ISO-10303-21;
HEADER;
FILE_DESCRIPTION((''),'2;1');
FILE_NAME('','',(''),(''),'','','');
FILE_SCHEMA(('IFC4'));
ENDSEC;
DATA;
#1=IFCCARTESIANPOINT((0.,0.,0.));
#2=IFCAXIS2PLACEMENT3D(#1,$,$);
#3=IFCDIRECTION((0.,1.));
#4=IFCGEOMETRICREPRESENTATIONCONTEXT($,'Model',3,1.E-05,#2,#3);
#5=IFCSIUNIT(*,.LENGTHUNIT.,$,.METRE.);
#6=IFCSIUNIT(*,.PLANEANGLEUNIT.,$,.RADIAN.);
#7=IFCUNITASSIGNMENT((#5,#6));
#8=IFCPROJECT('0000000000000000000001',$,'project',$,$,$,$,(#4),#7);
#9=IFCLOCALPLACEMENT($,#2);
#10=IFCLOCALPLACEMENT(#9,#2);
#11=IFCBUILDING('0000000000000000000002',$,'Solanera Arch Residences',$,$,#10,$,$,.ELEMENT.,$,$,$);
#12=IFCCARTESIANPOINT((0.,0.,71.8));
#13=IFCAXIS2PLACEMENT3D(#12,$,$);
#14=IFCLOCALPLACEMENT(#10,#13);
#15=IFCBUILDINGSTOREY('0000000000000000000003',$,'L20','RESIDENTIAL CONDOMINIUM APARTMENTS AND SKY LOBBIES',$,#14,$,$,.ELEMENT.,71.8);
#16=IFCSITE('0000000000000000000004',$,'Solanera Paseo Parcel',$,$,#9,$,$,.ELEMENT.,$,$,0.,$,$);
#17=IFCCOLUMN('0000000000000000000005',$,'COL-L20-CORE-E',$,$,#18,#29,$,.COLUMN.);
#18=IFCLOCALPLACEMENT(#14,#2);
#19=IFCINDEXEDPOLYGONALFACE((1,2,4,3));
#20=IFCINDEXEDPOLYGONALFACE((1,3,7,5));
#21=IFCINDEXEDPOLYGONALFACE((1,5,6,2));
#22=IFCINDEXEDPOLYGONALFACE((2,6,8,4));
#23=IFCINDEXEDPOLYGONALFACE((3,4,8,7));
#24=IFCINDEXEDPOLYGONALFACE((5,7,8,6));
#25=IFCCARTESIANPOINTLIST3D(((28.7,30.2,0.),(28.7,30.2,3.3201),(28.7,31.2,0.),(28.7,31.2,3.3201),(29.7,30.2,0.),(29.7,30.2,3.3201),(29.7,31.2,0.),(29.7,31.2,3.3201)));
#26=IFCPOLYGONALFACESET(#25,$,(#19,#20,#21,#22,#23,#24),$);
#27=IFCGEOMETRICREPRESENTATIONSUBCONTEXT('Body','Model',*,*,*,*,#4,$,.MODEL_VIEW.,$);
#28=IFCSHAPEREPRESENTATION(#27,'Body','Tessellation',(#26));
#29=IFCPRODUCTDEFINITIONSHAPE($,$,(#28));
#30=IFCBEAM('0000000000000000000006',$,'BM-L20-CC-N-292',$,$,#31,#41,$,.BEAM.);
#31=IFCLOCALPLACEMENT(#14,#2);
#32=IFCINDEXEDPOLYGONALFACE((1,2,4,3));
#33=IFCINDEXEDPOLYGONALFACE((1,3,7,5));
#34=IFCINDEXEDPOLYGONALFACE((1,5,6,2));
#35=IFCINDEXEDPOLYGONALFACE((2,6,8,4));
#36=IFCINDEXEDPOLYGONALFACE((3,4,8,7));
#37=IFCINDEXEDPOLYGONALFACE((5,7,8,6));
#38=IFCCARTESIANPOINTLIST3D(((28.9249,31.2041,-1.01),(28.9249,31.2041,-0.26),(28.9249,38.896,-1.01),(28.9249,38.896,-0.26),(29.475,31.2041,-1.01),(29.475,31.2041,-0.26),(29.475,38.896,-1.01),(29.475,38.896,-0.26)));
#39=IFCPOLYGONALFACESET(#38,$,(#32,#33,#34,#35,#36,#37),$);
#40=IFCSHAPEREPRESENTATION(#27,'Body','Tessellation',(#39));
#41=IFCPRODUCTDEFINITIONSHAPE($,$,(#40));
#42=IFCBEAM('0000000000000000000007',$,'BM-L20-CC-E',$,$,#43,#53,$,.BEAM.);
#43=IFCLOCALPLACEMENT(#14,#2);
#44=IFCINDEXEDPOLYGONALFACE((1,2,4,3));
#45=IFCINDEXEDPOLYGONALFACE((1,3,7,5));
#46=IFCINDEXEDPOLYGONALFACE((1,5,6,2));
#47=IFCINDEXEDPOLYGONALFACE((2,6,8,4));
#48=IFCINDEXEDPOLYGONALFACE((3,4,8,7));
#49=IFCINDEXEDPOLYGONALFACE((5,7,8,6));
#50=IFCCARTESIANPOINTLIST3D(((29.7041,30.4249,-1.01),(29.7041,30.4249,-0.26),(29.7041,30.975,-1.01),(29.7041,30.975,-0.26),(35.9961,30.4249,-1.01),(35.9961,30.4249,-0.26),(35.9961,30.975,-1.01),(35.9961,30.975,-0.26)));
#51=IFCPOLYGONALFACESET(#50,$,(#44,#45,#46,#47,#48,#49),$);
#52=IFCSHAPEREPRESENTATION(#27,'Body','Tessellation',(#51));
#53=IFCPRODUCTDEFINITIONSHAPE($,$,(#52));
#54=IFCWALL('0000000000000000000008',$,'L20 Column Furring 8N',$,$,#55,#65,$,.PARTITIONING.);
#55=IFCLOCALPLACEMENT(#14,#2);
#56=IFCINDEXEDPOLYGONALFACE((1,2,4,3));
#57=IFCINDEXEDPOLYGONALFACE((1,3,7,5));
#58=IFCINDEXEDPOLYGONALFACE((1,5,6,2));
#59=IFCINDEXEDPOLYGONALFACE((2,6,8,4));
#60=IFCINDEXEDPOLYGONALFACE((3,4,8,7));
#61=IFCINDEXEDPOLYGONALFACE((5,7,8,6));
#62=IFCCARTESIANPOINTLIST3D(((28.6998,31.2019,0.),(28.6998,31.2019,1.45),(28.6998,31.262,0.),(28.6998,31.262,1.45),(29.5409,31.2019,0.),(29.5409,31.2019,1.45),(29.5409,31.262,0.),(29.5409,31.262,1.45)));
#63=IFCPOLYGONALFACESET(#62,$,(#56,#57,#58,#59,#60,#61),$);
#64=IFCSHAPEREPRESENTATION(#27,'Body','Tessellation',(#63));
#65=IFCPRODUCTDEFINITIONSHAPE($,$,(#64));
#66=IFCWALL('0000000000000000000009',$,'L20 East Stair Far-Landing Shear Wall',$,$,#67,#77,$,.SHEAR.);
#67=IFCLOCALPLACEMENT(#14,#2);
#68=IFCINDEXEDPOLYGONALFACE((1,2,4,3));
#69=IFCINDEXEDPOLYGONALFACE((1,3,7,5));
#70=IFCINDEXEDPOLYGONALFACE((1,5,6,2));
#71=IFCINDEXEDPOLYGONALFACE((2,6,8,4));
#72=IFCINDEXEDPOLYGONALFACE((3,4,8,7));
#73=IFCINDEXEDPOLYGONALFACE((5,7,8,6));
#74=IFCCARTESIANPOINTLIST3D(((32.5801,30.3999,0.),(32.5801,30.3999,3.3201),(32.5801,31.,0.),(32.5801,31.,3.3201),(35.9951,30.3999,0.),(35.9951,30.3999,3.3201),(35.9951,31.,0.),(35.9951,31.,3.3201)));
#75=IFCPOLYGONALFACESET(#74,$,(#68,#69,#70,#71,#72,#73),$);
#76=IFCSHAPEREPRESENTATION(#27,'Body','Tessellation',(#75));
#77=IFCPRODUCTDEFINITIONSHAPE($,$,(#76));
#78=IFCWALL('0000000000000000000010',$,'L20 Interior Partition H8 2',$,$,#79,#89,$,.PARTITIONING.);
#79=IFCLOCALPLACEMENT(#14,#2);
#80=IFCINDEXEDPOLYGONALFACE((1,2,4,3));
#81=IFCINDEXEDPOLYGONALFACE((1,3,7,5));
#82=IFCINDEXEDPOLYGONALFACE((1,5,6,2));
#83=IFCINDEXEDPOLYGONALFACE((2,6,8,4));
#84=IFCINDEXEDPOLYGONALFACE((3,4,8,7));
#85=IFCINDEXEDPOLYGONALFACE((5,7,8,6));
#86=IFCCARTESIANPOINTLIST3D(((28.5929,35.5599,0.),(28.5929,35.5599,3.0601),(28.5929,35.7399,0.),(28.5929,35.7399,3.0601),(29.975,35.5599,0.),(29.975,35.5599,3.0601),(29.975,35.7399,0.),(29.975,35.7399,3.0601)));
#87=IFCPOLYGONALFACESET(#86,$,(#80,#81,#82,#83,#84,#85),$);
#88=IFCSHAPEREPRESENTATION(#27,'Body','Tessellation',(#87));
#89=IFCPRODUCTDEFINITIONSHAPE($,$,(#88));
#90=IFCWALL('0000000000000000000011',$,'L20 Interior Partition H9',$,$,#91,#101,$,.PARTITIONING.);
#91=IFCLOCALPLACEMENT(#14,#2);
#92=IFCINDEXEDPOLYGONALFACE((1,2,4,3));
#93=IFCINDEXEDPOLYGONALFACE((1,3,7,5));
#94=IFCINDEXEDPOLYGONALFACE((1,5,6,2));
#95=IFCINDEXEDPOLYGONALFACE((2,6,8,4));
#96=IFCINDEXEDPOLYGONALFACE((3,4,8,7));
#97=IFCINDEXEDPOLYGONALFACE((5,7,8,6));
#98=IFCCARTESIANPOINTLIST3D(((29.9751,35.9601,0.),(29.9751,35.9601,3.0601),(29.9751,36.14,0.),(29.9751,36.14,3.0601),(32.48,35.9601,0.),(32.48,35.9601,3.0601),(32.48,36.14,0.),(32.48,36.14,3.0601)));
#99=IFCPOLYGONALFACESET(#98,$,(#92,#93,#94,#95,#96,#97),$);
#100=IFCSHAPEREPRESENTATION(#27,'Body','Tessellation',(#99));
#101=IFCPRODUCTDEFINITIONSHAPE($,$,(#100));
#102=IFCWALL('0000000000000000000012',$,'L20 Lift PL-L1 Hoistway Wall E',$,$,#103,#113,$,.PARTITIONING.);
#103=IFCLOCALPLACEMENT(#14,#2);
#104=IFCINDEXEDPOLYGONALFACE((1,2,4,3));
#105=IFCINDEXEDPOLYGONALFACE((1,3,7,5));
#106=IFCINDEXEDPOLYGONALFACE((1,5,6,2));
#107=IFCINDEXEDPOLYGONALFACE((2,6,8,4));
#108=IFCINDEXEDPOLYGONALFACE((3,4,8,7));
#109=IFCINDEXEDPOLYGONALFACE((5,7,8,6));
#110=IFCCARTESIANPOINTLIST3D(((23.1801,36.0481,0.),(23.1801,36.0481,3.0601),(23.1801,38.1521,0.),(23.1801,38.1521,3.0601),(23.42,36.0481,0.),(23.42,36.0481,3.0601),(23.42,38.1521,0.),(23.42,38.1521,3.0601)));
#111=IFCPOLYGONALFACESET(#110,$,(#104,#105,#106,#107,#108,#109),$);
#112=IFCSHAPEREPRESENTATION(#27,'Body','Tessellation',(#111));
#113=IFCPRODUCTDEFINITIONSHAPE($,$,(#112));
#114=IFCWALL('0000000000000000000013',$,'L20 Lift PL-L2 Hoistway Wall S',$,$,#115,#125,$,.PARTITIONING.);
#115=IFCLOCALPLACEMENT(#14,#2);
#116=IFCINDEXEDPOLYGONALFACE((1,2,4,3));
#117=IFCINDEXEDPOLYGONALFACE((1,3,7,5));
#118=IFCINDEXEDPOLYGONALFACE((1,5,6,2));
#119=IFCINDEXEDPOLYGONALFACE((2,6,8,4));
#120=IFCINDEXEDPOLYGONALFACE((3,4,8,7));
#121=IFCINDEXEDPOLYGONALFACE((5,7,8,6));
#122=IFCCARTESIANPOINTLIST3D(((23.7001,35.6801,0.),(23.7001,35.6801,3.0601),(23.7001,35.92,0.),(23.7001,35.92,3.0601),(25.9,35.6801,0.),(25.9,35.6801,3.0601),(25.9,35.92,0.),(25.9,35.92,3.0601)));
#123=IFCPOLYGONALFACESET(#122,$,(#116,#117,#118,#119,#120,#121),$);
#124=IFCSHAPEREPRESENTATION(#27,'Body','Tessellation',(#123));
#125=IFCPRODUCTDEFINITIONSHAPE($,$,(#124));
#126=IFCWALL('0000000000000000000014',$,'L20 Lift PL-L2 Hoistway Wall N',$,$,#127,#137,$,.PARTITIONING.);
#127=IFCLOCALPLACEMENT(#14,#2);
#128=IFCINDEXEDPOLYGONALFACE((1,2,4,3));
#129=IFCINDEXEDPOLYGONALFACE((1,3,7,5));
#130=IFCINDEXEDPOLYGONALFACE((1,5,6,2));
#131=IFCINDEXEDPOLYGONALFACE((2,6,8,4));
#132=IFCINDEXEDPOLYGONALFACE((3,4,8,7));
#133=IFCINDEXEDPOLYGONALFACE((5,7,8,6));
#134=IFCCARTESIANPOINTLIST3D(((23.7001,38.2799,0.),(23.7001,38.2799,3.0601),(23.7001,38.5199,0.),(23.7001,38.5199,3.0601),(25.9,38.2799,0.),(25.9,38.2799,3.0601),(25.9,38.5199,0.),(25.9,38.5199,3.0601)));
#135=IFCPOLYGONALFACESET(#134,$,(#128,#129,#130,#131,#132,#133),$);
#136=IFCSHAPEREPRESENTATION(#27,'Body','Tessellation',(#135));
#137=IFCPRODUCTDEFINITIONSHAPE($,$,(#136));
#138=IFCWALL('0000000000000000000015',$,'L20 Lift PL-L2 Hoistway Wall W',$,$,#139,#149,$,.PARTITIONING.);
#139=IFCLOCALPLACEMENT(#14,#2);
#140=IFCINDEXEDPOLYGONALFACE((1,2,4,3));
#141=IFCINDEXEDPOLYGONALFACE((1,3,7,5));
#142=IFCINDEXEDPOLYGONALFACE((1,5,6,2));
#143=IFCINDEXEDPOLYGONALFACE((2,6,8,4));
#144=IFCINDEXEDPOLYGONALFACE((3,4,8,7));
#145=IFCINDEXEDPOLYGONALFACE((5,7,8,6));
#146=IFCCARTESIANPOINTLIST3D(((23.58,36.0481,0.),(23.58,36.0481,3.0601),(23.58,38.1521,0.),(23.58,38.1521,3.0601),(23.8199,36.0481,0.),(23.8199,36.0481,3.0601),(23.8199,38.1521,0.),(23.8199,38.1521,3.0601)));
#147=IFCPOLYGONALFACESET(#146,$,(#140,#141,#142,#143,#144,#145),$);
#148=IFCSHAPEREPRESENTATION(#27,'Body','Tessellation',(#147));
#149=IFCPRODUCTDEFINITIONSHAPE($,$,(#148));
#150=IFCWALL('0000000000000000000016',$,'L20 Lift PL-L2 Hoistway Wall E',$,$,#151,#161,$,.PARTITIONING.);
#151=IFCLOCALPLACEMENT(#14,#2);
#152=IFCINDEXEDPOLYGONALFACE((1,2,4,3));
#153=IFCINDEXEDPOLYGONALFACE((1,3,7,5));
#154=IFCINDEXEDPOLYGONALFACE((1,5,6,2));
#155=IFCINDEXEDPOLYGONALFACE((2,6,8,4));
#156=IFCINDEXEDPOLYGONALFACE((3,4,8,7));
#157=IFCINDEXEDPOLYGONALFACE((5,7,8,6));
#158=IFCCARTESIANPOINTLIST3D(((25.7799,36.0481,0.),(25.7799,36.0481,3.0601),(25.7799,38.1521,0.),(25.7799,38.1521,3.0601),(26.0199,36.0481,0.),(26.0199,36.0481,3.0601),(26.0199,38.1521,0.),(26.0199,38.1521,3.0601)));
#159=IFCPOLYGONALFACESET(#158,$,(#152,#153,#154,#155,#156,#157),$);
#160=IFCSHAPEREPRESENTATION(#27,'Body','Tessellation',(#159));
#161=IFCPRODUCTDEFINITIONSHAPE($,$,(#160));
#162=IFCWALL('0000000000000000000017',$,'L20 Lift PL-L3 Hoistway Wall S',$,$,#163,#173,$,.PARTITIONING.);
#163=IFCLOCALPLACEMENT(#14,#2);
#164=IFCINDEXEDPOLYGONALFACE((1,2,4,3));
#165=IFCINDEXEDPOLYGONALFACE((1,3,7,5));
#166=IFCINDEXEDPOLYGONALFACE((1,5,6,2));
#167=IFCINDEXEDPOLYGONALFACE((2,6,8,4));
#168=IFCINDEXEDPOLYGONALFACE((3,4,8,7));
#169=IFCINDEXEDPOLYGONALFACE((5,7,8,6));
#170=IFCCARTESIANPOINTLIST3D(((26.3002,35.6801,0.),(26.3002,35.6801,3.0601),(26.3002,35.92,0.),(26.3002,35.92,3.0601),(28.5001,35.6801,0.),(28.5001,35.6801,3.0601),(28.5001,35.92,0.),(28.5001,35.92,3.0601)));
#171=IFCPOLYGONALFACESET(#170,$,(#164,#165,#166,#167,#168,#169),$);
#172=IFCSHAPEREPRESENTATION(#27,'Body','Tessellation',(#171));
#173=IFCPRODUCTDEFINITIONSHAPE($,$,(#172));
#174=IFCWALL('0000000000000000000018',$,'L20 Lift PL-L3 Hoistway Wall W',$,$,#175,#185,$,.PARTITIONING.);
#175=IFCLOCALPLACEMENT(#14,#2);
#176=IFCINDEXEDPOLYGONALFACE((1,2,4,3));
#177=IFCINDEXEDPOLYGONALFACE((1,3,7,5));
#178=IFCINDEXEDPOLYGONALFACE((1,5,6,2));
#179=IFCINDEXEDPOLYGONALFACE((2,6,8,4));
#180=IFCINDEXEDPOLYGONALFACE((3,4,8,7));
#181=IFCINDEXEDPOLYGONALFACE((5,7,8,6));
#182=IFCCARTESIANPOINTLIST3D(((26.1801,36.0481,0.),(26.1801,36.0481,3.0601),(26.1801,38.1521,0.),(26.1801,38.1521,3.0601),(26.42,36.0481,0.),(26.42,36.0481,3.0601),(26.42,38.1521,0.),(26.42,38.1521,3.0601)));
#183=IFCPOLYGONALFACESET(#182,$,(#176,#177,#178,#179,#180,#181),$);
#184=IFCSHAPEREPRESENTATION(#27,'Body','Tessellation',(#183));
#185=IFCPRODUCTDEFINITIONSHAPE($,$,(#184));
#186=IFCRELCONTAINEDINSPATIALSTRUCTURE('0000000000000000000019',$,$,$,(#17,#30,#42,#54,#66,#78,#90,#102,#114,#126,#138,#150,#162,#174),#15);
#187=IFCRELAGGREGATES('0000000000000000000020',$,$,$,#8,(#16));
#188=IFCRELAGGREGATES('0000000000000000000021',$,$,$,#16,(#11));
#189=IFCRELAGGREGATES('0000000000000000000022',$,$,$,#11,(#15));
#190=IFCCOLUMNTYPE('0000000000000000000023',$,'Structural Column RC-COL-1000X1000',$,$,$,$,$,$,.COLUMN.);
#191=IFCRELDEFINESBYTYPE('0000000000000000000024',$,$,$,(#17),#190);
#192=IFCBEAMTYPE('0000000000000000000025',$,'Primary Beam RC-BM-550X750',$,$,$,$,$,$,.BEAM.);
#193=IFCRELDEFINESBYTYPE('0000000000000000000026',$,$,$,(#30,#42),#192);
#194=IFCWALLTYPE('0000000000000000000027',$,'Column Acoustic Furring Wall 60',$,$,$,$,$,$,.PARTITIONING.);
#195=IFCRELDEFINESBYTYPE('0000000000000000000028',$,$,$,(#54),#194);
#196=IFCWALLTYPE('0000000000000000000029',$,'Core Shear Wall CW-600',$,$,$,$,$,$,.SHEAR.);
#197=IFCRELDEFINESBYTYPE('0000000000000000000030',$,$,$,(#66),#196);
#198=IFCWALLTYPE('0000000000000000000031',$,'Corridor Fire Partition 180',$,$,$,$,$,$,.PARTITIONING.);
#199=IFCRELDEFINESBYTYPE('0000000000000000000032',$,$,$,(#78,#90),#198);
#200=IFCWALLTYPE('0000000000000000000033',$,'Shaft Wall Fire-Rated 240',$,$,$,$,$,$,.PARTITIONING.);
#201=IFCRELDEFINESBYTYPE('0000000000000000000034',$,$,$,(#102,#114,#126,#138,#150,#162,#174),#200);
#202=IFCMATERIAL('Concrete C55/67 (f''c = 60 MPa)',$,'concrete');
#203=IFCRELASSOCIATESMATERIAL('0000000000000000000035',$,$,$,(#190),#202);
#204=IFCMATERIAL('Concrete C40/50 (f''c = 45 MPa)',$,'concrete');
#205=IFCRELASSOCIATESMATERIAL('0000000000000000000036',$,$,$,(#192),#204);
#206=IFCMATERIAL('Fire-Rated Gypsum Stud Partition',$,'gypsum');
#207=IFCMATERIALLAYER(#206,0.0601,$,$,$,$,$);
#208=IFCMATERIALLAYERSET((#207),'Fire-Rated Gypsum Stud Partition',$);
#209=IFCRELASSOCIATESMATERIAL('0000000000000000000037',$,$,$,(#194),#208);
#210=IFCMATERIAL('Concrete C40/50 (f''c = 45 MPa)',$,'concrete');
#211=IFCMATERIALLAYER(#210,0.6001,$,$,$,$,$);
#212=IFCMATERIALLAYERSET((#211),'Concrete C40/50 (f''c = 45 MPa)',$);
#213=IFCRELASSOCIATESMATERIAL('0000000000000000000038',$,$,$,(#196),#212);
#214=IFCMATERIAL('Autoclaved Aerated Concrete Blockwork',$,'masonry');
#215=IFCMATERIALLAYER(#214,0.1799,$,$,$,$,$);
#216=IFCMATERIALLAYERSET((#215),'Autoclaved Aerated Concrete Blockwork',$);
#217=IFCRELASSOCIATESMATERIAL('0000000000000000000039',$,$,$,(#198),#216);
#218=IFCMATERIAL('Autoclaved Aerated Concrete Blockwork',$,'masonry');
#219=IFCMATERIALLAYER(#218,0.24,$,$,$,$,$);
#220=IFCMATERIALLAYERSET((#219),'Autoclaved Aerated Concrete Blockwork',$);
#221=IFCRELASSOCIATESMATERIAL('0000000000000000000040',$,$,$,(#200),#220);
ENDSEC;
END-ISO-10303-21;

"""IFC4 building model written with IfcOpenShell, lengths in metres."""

from ifc_helpers import new_model, si_unit, direction, frame, frame_2d, origin, origin_2d, place, context, subcontext, project, spatial, rectangle, extrude, material, layer, layer_set, material_profile, profile_set, type_object, element, save


model = new_model("IFC4")

# Units and contexts
model_context = context("Model", 3, precision=1e-05, world=origin(), true_north=direction((0.0, 1.0)))
body_context = subcontext(model_context, "Body", "Model", "MODEL_VIEW")
ifc_project = project(units=[si_unit("LENGTHUNIT", "METRE"), si_unit("PLANEANGLEUNIT", "RADIAN")], contexts=[model_context])

# Site, building, storey
site_placement = place(None, origin())
site = spatial("IfcSite", under=ifc_project, at=site_placement, Name="Solanera Paseo Parcel", CompositionType="ELEMENT", RefElevation=0.0)
building_placement = place(site_placement, origin())
building = spatial("IfcBuilding", under=site, at=building_placement, Name="Solanera Arch Residences", CompositionType="ELEMENT")
storey_placement = place(building_placement, frame((0.0, 0.0, 71.8)))
storey = spatial("IfcBuildingStorey", under=building, at=storey_placement, Name="L20", Description="RESIDENTIAL CONDOMINIUM APARTMENTS AND SKY LOBBIES", CompositionType="ELEMENT", Elevation=71.8)

# Column
ifc_material_1 = material(Name="Concrete C55/67 (f'c = 60 MPa)", Category="concrete")
ifc_material_profile_1 = material_profile(ifc_material_1, rectangle(XDim=1.0, YDim=1.0, at=origin_2d()))
ifc_profile_set_1 = profile_set([ifc_material_profile_1], Name="Concrete C55/67 (f'c = 60 MPa)")
column_type = type_object("IfcColumnType", Name="Structural Column RC-COL-1000X1000", PredefinedType="COLUMN", material=ifc_profile_set_1)
column_placement = place(storey_placement, frame((29.2, 30.7, 0.0), z_axis=(0.0, 0.0, 1.0), x_axis=(1.0, 0.0, 0.0)))
element("IfcColumn", 1, at=column_placement, inside=storey, type_object=column_type, Name="COL-L20-CORE-E", PredefinedType="COLUMN", context=body_context, shape_type="SweptSolid", body=[
    extrude(rectangle(XDim=1.0, YDim=1.0, at=origin_2d()), origin(), (0.0, 0.0, 1.0), 3.3201),
])

# Beams
ifc_material_2 = material(Name="Concrete C40/50 (f'c = 45 MPa)", Category="concrete")
ifc_material_profile_2 = material_profile(ifc_material_2, rectangle(XDim=0.55, YDim=0.75, at=origin_2d()))
ifc_profile_set_2 = profile_set([ifc_material_profile_2], Name="Concrete C40/50 (f'c = 45 MPa)")
beam_type = type_object("IfcBeamType", Name="Primary Beam RC-BM-550X750", PredefinedType="BEAM", material=ifc_profile_set_2)
beam_1_placement = place(storey_placement, frame((29.2, 31.2041, -0.635), z_axis=(0.0, 1.0, 0.0), x_axis=(-1.0, 0.0, 0.0)))
element("IfcBeam", 2, at=beam_1_placement, inside=storey, type_object=beam_type, Name="BM-L20-CC-N-292", PredefinedType="BEAM", context=body_context, shape_type="SweptSolid", body=[
    extrude(rectangle(XDim=0.55, YDim=0.75, at=origin_2d()), origin(), (0.0, 0.0, 1.0), 7.6919),
])
beam_2_placement = place(storey_placement, frame((29.7041, 30.7, -0.635), z_axis=(1.0, 0.0, 0.0), x_axis=(0.0, 1.0, 0.0)))
element("IfcBeam", 3, at=beam_2_placement, inside=storey, type_object=beam_type, Name="BM-L20-CC-E", PredefinedType="BEAM", context=body_context, shape_type="SweptSolid", body=[
    extrude(rectangle(XDim=0.55, YDim=0.75, at=origin_2d()), origin(), (0.0, 0.0, 1.0), 6.292),
])

# Wall
ifc_material_3 = material(Name="Fire-Rated Gypsum Stud Partition", Category="gypsum")
ifc_layer_1 = layer(ifc_material_3, 0.0601)
ifc_layer_set_1 = layer_set([ifc_layer_1], Name="Fire-Rated Gypsum Stud Partition")
wall_type_1 = type_object("IfcWallType", Name="Column Acoustic Furring Wall 60", PredefinedType="PARTITIONING", material=ifc_layer_set_1)
wall_1_placement = place(storey_placement, frame((28.7, 31.2319, 0.0), z_axis=(0.0, 0.0, 1.0), x_axis=(1.0, 0.0, 0.0)))
element("IfcWall", 4, at=wall_1_placement, inside=storey, type_object=wall_type_1, Name="L20 Column Furring 8N", PredefinedType="PARTITIONING", context=body_context, shape_type="SweptSolid", body=[
    extrude(rectangle(XDim=0.8411, YDim=0.0601, at=frame_2d((0.4204, 0.0))), origin(), (0.0, 0.0, 1.0), 1.45),
])

# Walls
ifc_material_4 = material(Name="Concrete C40/50 (f'c = 45 MPa)", Category="concrete")
ifc_layer_2 = layer(ifc_material_4, 0.6001)
ifc_layer_set_2 = layer_set([ifc_layer_2], Name="Concrete C40/50 (f'c = 45 MPa)")
wall_type_2 = type_object("IfcWallType", Name="Core Shear Wall CW-600", PredefinedType="SHEAR", material=ifc_layer_set_2)
wall_2_placement = place(storey_placement, frame((32.5801, 30.7, 0.0), z_axis=(0.0, 0.0, 1.0), x_axis=(1.0, 0.0, 0.0)))
element("IfcWall", 5, at=wall_2_placement, inside=storey, type_object=wall_type_2, Name="L20 East Stair Far-Landing Shear Wall", PredefinedType="SHEAR", context=body_context, shape_type="SweptSolid", body=[
    extrude(rectangle(XDim=3.415, YDim=0.6001, at=frame_2d((1.7075, 0.0))), origin(), (0.0, 0.0, 1.0), 3.3201),
])
ifc_material_5 = material(Name="Autoclaved Aerated Concrete Blockwork", Category="masonry")
ifc_layer_3 = layer(ifc_material_5, 0.1799)
ifc_layer_set_3 = layer_set([ifc_layer_3], Name="Autoclaved Aerated Concrete Blockwork")
wall_type_3 = type_object("IfcWallType", Name="Corridor Fire Partition 180", PredefinedType="PARTITIONING", material=ifc_layer_set_3)
wall_3_placement = place(storey_placement, frame((28.593, 35.6499, 0.0), z_axis=(0.0, 0.0, 1.0), x_axis=(1.0, 0.0, 0.0)))
element("IfcWall", 6, at=wall_3_placement, inside=storey, type_object=wall_type_3, Name="L20 Interior Partition H8 2", PredefinedType="PARTITIONING", context=body_context, shape_type="SweptSolid", body=[
    extrude(rectangle(XDim=1.3821, YDim=0.1799, at=frame_2d((0.6909, 0.0))), origin(), (0.0, 0.0, 1.0), 3.0601),
])
wall_4_placement = place(storey_placement, frame((29.9751, 36.05, 0.0), z_axis=(0.0, 0.0, 1.0), x_axis=(1.0, 0.0, 0.0)))
element("IfcWall", 7, at=wall_4_placement, inside=storey, type_object=wall_type_3, Name="L20 Interior Partition H9", PredefinedType="PARTITIONING", context=body_context, shape_type="SweptSolid", body=[
    extrude(rectangle(XDim=2.5049, YDim=0.1799, at=frame_2d((1.2524, 0.0))), origin(), (0.0, 0.0, 1.0), 3.0601),
])
ifc_material_6 = material(Name="Autoclaved Aerated Concrete Blockwork", Category="masonry")
ifc_layer_4 = layer(ifc_material_6, 0.24)
ifc_layer_set_4 = layer_set([ifc_layer_4], Name="Autoclaved Aerated Concrete Blockwork")
wall_type_4 = type_object("IfcWallType", Name="Shaft Wall Fire-Rated 240", PredefinedType="PARTITIONING", material=ifc_layer_set_4)
wall_5_placement = place(storey_placement, frame((23.3, 36.0481, 0.0), z_axis=(0.0, 0.0, 1.0), x_axis=(0.0, 1.0, 0.0)))
element("IfcWall", 8, at=wall_5_placement, inside=storey, type_object=wall_type_4, Name="L20 Lift PL-L1 Hoistway Wall E", PredefinedType="PARTITIONING", context=body_context, shape_type="SweptSolid", body=[
    extrude(rectangle(XDim=2.104, YDim=0.24, at=frame_2d((1.052, 0.0))), origin(), (0.0, 0.0, 1.0), 3.0601),
])
for number, where, z_axis, x_axis, name in (
    (9, (23.7, 35.8, 0.0), (0.0, 0.0, 1.0), (1.0, 0.0, 0.0), "L20 Lift PL-L2 Hoistway Wall S"),
    (10, (23.7, 38.3999, 0.0), (0.0, 0.0, 1.0), (1.0, 0.0, 0.0), "L20 Lift PL-L2 Hoistway Wall N"),
):
    element("IfcWall", number, at=place(storey_placement, frame(where, z_axis=z_axis, x_axis=x_axis)), inside=storey, type_object=wall_type_4, Name=name, PredefinedType="PARTITIONING", context=body_context, shape_type="SweptSolid", body=[
        extrude(rectangle(XDim=2.2, YDim=0.24, at=frame_2d((1.1001, 0.0))), origin(), (0.0, 0.0, 1.0), 3.0601),
    ])
for number, where, z_axis, x_axis, name in (
    (11, (23.7, 36.0481, 0.0), (0.0, 0.0, 1.0), (0.0, 1.0, 0.0), "L20 Lift PL-L2 Hoistway Wall W"),
    (12, (25.8999, 36.0481, 0.0), (0.0, 0.0, 1.0), (0.0, 1.0, 0.0), "L20 Lift PL-L2 Hoistway Wall E"),
):
    element("IfcWall", number, at=place(storey_placement, frame(where, z_axis=z_axis, x_axis=x_axis)), inside=storey, type_object=wall_type_4, Name=name, PredefinedType="PARTITIONING", context=body_context, shape_type="SweptSolid", body=[
        extrude(rectangle(XDim=2.104, YDim=0.24, at=frame_2d((1.052, 0.0))), origin(), (0.0, 0.0, 1.0), 3.0601),
    ])
wall_6_placement = place(storey_placement, frame((26.3, 35.8, 0.0), z_axis=(0.0, 0.0, 1.0), x_axis=(1.0, 0.0, 0.0)))
element("IfcWall", 13, at=wall_6_placement, inside=storey, type_object=wall_type_4, Name="L20 Lift PL-L3 Hoistway Wall S", PredefinedType="PARTITIONING", context=body_context, shape_type="SweptSolid", body=[
    extrude(rectangle(XDim=2.2, YDim=0.24, at=frame_2d((1.1001, 0.0))), origin(), (0.0, 0.0, 1.0), 3.0601),
])
for number, where, z_axis, x_axis, name in (
    (14, (26.3, 36.0481, 0.0), (0.0, 0.0, 1.0), (0.0, 1.0, 0.0), "L20 Lift PL-L3 Hoistway Wall W"),
):
    element("IfcWall", number, at=place(storey_placement, frame(where, z_axis=z_axis, x_axis=x_axis)), inside=storey, type_object=wall_type_4, Name=name, PredefinedType="PARTITIONING", context=body_context, shape_type="SweptSolid", body=[
        extrude(rectangle(XDim=2.104, YDim=0.24, at=frame_2d((1.052, 0.0))), origin(), (0.0, 0.0, 1.0), 3.0601),
    ])

save(model, "model.ifc")
